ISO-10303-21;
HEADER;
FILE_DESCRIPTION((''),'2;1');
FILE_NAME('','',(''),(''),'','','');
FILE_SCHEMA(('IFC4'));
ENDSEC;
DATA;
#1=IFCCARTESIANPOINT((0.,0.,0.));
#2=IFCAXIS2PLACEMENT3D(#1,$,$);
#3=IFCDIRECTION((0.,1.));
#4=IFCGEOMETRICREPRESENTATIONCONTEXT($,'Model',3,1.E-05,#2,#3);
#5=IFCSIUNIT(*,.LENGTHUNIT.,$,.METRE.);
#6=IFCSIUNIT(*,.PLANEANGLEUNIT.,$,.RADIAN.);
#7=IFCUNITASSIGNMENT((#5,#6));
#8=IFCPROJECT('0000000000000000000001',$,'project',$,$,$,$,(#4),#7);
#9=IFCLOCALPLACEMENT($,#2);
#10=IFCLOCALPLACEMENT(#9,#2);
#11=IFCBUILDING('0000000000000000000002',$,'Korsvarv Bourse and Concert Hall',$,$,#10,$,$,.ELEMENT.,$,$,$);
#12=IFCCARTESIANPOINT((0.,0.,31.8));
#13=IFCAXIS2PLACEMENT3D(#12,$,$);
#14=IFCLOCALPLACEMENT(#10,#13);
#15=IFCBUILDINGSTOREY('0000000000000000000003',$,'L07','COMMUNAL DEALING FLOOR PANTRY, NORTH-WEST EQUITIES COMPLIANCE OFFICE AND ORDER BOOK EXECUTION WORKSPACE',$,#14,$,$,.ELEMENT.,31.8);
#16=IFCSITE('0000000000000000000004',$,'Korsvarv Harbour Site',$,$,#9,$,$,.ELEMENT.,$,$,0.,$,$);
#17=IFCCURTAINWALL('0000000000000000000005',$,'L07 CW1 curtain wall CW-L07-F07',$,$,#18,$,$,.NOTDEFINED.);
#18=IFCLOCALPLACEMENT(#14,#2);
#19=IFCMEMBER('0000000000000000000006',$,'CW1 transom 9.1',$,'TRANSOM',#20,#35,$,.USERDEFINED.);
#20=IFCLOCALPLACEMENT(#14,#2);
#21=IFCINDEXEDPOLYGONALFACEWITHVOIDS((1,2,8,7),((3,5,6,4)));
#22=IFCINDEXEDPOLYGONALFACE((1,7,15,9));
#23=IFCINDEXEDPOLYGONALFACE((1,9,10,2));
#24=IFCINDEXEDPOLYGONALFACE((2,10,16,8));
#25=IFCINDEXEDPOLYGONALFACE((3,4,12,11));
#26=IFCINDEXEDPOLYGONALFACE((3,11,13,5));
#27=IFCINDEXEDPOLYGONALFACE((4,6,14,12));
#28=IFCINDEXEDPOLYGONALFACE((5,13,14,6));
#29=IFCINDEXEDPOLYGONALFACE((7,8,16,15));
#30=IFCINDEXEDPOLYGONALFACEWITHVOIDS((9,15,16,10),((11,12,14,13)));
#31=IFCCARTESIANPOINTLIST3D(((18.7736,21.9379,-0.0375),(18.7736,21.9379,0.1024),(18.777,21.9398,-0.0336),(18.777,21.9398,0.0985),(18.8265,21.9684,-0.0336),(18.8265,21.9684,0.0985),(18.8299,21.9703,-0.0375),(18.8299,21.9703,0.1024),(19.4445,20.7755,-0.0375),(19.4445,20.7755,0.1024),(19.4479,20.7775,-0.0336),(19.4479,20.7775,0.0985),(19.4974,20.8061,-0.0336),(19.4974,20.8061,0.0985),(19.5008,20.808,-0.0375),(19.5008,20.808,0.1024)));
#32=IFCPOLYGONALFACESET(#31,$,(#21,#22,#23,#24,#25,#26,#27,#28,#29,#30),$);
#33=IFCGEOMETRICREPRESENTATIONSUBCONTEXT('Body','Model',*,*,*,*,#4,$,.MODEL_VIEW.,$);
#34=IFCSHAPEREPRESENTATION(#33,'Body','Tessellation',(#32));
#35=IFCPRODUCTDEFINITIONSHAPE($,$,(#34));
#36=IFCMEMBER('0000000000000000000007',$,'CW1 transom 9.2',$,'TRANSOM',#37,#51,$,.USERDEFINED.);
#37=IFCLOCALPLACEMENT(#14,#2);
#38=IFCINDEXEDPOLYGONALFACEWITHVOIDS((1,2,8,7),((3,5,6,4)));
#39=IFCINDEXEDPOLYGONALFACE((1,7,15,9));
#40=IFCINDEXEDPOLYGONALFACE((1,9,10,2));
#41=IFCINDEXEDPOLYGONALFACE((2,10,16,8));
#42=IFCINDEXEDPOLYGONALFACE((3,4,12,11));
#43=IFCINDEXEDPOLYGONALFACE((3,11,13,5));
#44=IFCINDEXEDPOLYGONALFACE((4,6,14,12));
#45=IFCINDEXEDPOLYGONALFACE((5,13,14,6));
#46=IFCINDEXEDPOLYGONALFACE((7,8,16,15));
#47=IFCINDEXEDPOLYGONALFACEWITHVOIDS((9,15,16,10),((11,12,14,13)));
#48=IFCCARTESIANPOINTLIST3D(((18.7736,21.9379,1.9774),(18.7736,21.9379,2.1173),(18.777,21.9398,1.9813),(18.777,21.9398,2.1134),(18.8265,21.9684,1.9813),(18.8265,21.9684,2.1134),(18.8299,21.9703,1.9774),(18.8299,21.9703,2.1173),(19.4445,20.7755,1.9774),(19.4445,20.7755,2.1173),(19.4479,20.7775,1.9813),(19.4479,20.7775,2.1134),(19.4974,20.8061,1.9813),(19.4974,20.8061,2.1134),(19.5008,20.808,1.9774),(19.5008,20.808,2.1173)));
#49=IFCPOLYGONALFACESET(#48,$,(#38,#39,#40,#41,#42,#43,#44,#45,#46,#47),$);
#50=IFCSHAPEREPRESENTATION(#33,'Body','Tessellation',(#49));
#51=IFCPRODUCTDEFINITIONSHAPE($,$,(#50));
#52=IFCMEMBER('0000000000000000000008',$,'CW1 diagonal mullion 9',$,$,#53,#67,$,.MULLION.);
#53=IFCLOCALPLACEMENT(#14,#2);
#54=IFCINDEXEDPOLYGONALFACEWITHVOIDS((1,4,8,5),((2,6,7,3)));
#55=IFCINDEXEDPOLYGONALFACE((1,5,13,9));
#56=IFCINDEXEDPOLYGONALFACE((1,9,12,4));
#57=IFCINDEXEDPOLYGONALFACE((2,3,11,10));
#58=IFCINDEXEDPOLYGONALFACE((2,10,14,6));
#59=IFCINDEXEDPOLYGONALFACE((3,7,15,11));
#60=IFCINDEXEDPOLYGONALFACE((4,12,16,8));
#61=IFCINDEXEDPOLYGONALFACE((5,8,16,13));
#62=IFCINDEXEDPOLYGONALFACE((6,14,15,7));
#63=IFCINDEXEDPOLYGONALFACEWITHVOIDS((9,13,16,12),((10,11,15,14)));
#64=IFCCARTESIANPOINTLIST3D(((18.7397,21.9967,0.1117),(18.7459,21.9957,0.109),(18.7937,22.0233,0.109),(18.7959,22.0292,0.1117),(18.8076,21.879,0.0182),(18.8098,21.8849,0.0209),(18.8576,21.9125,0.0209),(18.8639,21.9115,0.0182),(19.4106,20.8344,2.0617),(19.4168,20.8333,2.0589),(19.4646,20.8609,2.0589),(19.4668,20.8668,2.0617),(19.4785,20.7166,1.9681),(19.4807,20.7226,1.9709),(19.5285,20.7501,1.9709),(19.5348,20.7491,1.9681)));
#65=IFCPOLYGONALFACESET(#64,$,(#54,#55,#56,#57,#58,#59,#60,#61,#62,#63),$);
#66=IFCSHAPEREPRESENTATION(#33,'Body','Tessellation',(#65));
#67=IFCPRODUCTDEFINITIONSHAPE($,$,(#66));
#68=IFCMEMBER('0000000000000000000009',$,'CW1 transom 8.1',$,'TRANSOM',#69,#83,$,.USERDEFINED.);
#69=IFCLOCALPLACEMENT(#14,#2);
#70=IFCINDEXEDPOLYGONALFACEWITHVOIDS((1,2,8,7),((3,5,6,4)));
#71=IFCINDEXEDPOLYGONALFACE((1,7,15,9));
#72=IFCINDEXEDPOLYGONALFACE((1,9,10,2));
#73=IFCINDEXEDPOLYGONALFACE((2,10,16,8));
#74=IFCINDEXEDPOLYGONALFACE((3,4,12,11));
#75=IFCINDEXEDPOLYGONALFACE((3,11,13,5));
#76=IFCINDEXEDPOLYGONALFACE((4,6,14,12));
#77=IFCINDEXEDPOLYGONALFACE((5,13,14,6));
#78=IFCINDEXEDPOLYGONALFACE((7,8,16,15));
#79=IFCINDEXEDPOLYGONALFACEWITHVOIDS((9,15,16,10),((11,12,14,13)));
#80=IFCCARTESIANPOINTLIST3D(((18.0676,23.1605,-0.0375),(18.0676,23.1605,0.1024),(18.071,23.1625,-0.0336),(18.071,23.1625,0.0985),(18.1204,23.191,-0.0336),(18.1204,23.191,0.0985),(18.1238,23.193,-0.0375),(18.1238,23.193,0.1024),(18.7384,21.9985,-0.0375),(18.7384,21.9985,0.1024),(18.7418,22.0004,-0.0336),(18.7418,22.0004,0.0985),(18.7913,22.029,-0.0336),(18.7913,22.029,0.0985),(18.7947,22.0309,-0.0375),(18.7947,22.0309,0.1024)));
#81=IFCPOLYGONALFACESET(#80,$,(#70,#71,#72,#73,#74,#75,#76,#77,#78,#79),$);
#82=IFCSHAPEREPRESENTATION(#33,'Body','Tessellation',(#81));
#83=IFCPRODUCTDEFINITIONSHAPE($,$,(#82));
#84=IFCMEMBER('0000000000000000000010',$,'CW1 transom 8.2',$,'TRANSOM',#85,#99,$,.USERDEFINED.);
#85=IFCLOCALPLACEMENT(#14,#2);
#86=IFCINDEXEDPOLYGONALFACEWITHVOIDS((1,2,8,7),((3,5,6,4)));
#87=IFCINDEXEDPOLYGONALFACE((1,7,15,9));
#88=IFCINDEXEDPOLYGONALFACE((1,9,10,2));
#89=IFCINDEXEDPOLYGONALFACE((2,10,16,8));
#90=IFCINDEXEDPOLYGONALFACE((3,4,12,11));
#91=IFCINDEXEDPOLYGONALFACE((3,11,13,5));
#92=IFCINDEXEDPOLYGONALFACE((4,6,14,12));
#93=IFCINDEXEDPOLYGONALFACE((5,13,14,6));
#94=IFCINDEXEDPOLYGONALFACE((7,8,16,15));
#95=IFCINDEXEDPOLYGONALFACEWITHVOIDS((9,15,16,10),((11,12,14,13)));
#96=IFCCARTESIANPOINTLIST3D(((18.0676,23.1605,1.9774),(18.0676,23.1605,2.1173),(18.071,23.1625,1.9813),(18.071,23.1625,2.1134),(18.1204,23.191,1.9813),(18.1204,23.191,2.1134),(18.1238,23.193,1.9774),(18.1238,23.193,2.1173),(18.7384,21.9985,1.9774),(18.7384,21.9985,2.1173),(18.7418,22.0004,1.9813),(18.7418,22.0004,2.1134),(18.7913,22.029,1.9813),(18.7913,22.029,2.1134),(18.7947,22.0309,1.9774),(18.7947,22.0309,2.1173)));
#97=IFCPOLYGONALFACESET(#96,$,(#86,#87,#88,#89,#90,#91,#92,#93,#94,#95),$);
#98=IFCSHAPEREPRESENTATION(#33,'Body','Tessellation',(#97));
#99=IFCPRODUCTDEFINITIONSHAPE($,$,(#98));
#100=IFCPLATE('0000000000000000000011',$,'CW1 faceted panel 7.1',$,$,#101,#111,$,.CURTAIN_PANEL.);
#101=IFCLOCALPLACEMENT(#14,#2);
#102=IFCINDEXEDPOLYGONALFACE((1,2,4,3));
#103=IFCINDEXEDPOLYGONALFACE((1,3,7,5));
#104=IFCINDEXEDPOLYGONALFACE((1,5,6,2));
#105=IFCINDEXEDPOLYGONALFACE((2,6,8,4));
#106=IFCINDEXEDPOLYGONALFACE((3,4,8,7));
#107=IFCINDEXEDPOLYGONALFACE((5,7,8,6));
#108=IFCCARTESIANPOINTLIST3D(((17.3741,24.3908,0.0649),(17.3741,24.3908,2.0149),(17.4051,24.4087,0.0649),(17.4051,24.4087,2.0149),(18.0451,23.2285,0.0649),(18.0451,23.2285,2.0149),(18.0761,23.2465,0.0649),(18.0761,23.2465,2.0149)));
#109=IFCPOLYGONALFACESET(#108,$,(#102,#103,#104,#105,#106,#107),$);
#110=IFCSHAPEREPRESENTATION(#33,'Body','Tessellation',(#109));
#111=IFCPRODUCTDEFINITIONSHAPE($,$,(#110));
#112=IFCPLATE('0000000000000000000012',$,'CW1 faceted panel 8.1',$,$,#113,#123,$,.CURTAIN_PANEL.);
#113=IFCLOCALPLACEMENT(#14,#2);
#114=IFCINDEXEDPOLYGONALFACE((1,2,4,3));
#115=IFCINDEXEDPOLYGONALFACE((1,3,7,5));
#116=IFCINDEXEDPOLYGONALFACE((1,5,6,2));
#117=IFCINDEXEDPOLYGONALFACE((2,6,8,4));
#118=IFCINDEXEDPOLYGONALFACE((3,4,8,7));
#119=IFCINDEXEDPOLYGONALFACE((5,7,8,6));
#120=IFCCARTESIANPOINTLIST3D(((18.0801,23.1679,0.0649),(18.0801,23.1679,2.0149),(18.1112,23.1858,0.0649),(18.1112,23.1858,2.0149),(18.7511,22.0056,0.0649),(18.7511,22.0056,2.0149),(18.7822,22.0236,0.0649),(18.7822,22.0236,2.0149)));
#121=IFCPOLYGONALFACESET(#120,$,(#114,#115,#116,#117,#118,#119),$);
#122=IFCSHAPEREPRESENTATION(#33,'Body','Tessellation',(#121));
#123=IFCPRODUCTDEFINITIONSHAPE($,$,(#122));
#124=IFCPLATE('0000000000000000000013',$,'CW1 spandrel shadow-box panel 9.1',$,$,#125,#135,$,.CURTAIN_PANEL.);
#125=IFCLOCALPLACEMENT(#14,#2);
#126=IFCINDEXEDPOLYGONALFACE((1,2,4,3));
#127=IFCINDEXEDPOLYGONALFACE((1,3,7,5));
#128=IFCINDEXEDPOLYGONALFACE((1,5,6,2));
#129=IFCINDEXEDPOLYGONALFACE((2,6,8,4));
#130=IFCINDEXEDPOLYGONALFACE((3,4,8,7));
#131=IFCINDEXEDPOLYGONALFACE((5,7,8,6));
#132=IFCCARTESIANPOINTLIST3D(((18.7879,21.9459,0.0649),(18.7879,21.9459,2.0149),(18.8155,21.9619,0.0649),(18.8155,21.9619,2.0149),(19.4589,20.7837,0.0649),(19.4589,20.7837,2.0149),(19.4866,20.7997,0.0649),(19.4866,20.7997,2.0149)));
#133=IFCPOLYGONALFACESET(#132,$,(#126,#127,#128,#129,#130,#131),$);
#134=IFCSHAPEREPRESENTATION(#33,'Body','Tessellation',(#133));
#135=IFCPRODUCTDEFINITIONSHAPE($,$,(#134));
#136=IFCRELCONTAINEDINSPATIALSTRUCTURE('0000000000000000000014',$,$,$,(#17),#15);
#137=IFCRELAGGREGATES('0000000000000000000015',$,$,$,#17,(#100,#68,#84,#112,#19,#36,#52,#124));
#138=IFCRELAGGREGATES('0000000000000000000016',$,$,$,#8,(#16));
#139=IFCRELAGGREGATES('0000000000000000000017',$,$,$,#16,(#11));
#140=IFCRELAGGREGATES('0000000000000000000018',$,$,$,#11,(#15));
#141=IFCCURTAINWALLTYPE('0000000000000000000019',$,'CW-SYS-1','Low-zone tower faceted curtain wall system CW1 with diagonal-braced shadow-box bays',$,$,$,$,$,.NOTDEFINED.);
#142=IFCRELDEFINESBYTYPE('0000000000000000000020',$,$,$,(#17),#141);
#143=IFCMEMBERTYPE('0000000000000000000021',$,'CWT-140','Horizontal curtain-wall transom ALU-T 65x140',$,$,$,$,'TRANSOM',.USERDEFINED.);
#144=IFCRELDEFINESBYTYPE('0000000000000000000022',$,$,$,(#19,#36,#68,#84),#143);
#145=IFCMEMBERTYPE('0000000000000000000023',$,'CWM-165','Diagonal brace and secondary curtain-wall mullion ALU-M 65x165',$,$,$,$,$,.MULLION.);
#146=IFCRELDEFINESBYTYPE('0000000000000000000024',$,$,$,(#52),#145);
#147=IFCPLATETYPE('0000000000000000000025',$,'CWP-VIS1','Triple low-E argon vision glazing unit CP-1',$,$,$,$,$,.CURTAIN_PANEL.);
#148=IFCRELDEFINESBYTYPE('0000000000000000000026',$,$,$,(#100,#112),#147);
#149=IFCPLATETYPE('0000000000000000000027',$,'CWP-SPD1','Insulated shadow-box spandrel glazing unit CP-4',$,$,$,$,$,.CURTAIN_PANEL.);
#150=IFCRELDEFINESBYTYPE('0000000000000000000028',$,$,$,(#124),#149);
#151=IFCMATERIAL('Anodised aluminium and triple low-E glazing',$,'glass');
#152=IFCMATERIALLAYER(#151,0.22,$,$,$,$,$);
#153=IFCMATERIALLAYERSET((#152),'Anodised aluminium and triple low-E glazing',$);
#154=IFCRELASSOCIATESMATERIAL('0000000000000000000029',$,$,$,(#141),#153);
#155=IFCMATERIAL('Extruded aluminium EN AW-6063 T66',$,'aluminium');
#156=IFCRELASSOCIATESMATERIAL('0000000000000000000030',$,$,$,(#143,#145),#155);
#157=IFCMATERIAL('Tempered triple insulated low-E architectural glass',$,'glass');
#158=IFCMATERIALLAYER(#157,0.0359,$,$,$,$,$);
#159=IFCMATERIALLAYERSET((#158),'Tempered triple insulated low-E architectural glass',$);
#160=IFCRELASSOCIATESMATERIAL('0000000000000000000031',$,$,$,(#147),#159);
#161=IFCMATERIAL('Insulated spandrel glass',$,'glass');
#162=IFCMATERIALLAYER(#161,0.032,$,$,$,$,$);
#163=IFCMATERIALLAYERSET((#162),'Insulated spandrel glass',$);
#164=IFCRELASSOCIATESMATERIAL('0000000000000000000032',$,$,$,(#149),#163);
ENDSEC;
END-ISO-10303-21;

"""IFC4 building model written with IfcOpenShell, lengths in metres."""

from ifc_helpers import new_model, si_unit, direction, frame, origin, origin_2d, place, context, subcontext, project, spatial, rectangle, hollow_rectangle, extrude, source, transform, mapped, material, layer, layer_set, material_profile, profile_set, type_object, element, aggregate, save


model = new_model("IFC4")

# Units and contexts
model_context = context("Model", 3, precision=1e-05, world=origin(), true_north=direction((0.0, 1.0)))
body_context = subcontext(model_context, "Body", "Model", "MODEL_VIEW")
ifc_project = project(units=[si_unit("LENGTHUNIT", "METRE"), si_unit("PLANEANGLEUNIT", "RADIAN")], contexts=[model_context])

# Site, building, storey
site_placement = place(None, origin())
site = spatial("IfcSite", under=ifc_project, at=site_placement, Name="Korsvarv Harbour Site", CompositionType="ELEMENT", RefElevation=0.0)
building_placement = place(site_placement, origin())
building = spatial("IfcBuilding", under=site, at=building_placement, Name="Korsvarv Bourse and Concert Hall", CompositionType="ELEMENT")
storey_placement = place(building_placement, frame((0.0, 0.0, 31.8)))
storey = spatial("IfcBuildingStorey", under=building, at=storey_placement, Name="L07", Description="COMMUNAL DEALING FLOOR PANTRY, NORTH-WEST EQUITIES COMPLIANCE OFFICE AND ORDER BOOK EXECUTION WORKSPACE", CompositionType="ELEMENT", Elevation=31.8)

# Curtain wall, members, plates
ifc_material_1 = material(Name="Anodised aluminium and triple low-E glazing", Category="glass")
ifc_layer_1 = layer(ifc_material_1, 0.22)
ifc_layer_set_1 = layer_set([ifc_layer_1], Name="Anodised aluminium and triple low-E glazing")
curtain_wall_type = type_object("IfcCurtainWallType", Name="CW-SYS-1", Description="Low-zone tower faceted curtain wall system CW1 with diagonal-braced shadow-box bays", PredefinedType="NOTDEFINED", material=ifc_layer_set_1)
curtain_wall_placement = place(storey_placement, origin())
curtain_wall = element("IfcCurtainWall", 1, at=curtain_wall_placement, inside=storey, type_object=curtain_wall_type, Name="L07 CW1 curtain wall CW-L07-F07", PredefinedType="NOTDEFINED")
ifc_material_2 = material(Name="Extruded aluminium EN AW-6063 T66", Category="aluminium")
ifc_material_profile_1 = material_profile(ifc_material_2, hollow_rectangle(XDim=0.0649, YDim=0.1399, WallThickness=0.0039, at=origin_2d()), Name="ALU-T 65x140")
ifc_profile_set_1 = profile_set([ifc_material_profile_1], Name="Extruded aluminium EN AW-6063 T66")
member_type_1 = type_object("IfcMemberType", Name="CWT-140", Description="Horizontal curtain-wall transom ALU-T 65x140", ElementType="TRANSOM", PredefinedType="USERDEFINED", material=ifc_profile_set_1)
shared_shape_1 = source(origin(), body_context, "Body", "SweptSolid", [
    extrude(hollow_rectangle(XDim=0.0649, YDim=0.1399, WallThickness=0.0039, at=origin_2d()), origin(), (0.0, 0.0, 1.0), 1.342),
])
member_1_placement = place(storey_placement, frame((18.8018, 21.9541, 0.0325), z_axis=(0.499896, -0.866086, 0.0), x_axis=(0.866086, 0.499896, 0.0)))
member_1 = element("IfcMember", 2, at=member_1_placement, type_object=member_type_1, Name="CW1 transom 9.1", ObjectType="TRANSOM", PredefinedType="USERDEFINED", context=body_context, shape_type="MappedRepresentation", body=[
    mapped(shared_shape_1, transform((0.0, 0.0, 0.0), scale=1.0)),
])
member_2_placement = place(storey_placement, frame((18.8018, 21.9541, 2.0474), z_axis=(0.499896, -0.866086, 0.0), x_axis=(0.866086, 0.499896, 0.0)))
member_2 = element("IfcMember", 3, at=member_2_placement, type_object=member_type_1, Name="CW1 transom 9.2", ObjectType="TRANSOM", PredefinedType="USERDEFINED", context=body_context, shape_type="MappedRepresentation", body=[
    mapped(shared_shape_1, transform((0.0, 0.0, 0.0), scale=1.0)),
])
ifc_material_profile_2 = material_profile(ifc_material_2, hollow_rectangle(XDim=0.0649, YDim=0.165, WallThickness=0.0049, at=origin_2d()), Name="ALU-M 65x165")
ifc_profile_set_2 = profile_set([ifc_material_profile_2], Name="Extruded aluminium EN AW-6063 T66")
member_type_2 = type_object("IfcMemberType", Name="CWM-165", Description="Diagonal brace and secondary curtain-wall mullion ALU-M 65x165", PredefinedType="MULLION", material=ifc_profile_set_2)
shared_shape_2 = source(origin(), body_context, "Body", "SweptSolid", [
    extrude(hollow_rectangle(XDim=0.0649, YDim=0.165, WallThickness=0.0049, at=origin_2d()), origin(), (0.0, 0.0, 1.0), 2.3672),
])
member_3_placement = place(storey_placement, frame((18.8018, 21.9541, 0.0649), z_axis=(0.283418, -0.491031, 0.823749), x_axis=(0.866086, 0.499896, 0.0)))
member_3 = element("IfcMember", 4, at=member_3_placement, type_object=member_type_2, Name="CW1 diagonal mullion 9", PredefinedType="MULLION", context=body_context, shape_type="MappedRepresentation", body=[
    mapped(shared_shape_2, transform((0.0, 0.0, 0.0), scale=1.0)),
])
shared_shape_3 = source(origin(), body_context, "Body", "SweptSolid", [
    extrude(hollow_rectangle(XDim=0.0649, YDim=0.1399, WallThickness=0.0039, at=origin_2d()), origin(), (0.0, 0.0, 1.0), 1.3418),
])
member_4_placement = place(storey_placement, frame((18.0957, 23.1768, 0.0325), z_axis=(0.499974, -0.86604, 0.0), x_axis=(0.86604, 0.499974, 0.0)))
member_4 = element("IfcMember", 5, at=member_4_placement, type_object=member_type_1, Name="CW1 transom 8.1", ObjectType="TRANSOM", PredefinedType="USERDEFINED", context=body_context, shape_type="MappedRepresentation", body=[
    mapped(shared_shape_3, transform((0.0, 0.0, 0.0), scale=1.0)),
])
member_5_placement = place(storey_placement, frame((18.0957, 23.1768, 2.0474), z_axis=(0.499974, -0.86604, 0.0), x_axis=(0.86604, 0.499974, 0.0)))
member_5 = element("IfcMember", 6, at=member_5_placement, type_object=member_type_1, Name="CW1 transom 8.2", ObjectType="TRANSOM", PredefinedType="USERDEFINED", context=body_context, shape_type="MappedRepresentation", body=[
    mapped(shared_shape_3, transform((0.0, 0.0, 0.0), scale=1.0)),
])
ifc_material_3 = material(Name="Tempered triple insulated low-E architectural glass", Category="glass")
ifc_layer_2 = layer(ifc_material_3, 0.0359)
ifc_layer_set_2 = layer_set([ifc_layer_2], Name="Tempered triple insulated low-E architectural glass")
plate_type_1 = type_object("IfcPlateType", Name="CWP-VIS1", Description="Triple low-E argon vision glazing unit CP-1", PredefinedType="CURTAIN_PANEL", material=ifc_layer_set_2)
shared_shape_4 = source(origin(), body_context, "Body", "SweptSolid", [
    extrude(rectangle(XDim=1.342, YDim=0.0359, at=origin_2d()), origin(), (0.0, 0.0, 1.0), 1.95),
])
plate_1_placement = place(storey_placement, frame((17.7251, 23.8186, 0.0649), z_axis=(0.0, 0.0, 1.0), x_axis=(0.499995, -0.866029, 0.0)))
plate_1 = element("IfcPlate", 7, at=plate_1_placement, type_object=plate_type_1, Name="CW1 faceted panel 7.1", PredefinedType="CURTAIN_PANEL", context=body_context, shape_type="MappedRepresentation", body=[
    mapped(shared_shape_4, transform((0.0, 0.0, 0.0), scale=1.0)),
])
plate_2_placement = place(storey_placement, frame((18.4312, 22.5957, 0.0649), z_axis=(0.0, 0.0, 1.0), x_axis=(0.499995, -0.866029, 0.0)))
plate_2 = element("IfcPlate", 8, at=plate_2_placement, type_object=plate_type_1, Name="CW1 faceted panel 8.1", PredefinedType="CURTAIN_PANEL", context=body_context, shape_type="MappedRepresentation", body=[
    mapped(shared_shape_4, transform((0.0, 0.0, 0.0), scale=1.0)),
])
ifc_material_4 = material(Name="Insulated spandrel glass", Category="glass")
ifc_layer_3 = layer(ifc_material_4, 0.032)
ifc_layer_set_3 = layer_set([ifc_layer_3], Name="Insulated spandrel glass")
plate_type_2 = type_object("IfcPlateType", Name="CWP-SPD1", Description="Insulated shadow-box spandrel glazing unit CP-4", PredefinedType="CURTAIN_PANEL", material=ifc_layer_set_3)
shared_shape_5 = source(origin(), body_context, "Body", "SweptSolid", [
    extrude(rectangle(XDim=1.342, YDim=0.032, at=origin_2d()), origin(), (0.0, 0.0, 1.0), 1.95),
])
plate_3_placement = place(storey_placement, frame((19.1372, 21.3728, 0.0649), z_axis=(0.0, 0.0, 1.0), x_axis=(0.499995, -0.866029, 0.0)))
plate_3 = element("IfcPlate", 9, at=plate_3_placement, type_object=plate_type_2, Name="CW1 spandrel shadow-box panel 9.1", PredefinedType="CURTAIN_PANEL", context=body_context, shape_type="MappedRepresentation", body=[
    mapped(shared_shape_5, transform((0.0, 0.0, 0.0), scale=1.0)),
])
aggregate(curtain_wall, [plate_1, member_4, member_5, plate_2, member_1, member_2, member_3, plate_3])

save(model, "model.ifc")
